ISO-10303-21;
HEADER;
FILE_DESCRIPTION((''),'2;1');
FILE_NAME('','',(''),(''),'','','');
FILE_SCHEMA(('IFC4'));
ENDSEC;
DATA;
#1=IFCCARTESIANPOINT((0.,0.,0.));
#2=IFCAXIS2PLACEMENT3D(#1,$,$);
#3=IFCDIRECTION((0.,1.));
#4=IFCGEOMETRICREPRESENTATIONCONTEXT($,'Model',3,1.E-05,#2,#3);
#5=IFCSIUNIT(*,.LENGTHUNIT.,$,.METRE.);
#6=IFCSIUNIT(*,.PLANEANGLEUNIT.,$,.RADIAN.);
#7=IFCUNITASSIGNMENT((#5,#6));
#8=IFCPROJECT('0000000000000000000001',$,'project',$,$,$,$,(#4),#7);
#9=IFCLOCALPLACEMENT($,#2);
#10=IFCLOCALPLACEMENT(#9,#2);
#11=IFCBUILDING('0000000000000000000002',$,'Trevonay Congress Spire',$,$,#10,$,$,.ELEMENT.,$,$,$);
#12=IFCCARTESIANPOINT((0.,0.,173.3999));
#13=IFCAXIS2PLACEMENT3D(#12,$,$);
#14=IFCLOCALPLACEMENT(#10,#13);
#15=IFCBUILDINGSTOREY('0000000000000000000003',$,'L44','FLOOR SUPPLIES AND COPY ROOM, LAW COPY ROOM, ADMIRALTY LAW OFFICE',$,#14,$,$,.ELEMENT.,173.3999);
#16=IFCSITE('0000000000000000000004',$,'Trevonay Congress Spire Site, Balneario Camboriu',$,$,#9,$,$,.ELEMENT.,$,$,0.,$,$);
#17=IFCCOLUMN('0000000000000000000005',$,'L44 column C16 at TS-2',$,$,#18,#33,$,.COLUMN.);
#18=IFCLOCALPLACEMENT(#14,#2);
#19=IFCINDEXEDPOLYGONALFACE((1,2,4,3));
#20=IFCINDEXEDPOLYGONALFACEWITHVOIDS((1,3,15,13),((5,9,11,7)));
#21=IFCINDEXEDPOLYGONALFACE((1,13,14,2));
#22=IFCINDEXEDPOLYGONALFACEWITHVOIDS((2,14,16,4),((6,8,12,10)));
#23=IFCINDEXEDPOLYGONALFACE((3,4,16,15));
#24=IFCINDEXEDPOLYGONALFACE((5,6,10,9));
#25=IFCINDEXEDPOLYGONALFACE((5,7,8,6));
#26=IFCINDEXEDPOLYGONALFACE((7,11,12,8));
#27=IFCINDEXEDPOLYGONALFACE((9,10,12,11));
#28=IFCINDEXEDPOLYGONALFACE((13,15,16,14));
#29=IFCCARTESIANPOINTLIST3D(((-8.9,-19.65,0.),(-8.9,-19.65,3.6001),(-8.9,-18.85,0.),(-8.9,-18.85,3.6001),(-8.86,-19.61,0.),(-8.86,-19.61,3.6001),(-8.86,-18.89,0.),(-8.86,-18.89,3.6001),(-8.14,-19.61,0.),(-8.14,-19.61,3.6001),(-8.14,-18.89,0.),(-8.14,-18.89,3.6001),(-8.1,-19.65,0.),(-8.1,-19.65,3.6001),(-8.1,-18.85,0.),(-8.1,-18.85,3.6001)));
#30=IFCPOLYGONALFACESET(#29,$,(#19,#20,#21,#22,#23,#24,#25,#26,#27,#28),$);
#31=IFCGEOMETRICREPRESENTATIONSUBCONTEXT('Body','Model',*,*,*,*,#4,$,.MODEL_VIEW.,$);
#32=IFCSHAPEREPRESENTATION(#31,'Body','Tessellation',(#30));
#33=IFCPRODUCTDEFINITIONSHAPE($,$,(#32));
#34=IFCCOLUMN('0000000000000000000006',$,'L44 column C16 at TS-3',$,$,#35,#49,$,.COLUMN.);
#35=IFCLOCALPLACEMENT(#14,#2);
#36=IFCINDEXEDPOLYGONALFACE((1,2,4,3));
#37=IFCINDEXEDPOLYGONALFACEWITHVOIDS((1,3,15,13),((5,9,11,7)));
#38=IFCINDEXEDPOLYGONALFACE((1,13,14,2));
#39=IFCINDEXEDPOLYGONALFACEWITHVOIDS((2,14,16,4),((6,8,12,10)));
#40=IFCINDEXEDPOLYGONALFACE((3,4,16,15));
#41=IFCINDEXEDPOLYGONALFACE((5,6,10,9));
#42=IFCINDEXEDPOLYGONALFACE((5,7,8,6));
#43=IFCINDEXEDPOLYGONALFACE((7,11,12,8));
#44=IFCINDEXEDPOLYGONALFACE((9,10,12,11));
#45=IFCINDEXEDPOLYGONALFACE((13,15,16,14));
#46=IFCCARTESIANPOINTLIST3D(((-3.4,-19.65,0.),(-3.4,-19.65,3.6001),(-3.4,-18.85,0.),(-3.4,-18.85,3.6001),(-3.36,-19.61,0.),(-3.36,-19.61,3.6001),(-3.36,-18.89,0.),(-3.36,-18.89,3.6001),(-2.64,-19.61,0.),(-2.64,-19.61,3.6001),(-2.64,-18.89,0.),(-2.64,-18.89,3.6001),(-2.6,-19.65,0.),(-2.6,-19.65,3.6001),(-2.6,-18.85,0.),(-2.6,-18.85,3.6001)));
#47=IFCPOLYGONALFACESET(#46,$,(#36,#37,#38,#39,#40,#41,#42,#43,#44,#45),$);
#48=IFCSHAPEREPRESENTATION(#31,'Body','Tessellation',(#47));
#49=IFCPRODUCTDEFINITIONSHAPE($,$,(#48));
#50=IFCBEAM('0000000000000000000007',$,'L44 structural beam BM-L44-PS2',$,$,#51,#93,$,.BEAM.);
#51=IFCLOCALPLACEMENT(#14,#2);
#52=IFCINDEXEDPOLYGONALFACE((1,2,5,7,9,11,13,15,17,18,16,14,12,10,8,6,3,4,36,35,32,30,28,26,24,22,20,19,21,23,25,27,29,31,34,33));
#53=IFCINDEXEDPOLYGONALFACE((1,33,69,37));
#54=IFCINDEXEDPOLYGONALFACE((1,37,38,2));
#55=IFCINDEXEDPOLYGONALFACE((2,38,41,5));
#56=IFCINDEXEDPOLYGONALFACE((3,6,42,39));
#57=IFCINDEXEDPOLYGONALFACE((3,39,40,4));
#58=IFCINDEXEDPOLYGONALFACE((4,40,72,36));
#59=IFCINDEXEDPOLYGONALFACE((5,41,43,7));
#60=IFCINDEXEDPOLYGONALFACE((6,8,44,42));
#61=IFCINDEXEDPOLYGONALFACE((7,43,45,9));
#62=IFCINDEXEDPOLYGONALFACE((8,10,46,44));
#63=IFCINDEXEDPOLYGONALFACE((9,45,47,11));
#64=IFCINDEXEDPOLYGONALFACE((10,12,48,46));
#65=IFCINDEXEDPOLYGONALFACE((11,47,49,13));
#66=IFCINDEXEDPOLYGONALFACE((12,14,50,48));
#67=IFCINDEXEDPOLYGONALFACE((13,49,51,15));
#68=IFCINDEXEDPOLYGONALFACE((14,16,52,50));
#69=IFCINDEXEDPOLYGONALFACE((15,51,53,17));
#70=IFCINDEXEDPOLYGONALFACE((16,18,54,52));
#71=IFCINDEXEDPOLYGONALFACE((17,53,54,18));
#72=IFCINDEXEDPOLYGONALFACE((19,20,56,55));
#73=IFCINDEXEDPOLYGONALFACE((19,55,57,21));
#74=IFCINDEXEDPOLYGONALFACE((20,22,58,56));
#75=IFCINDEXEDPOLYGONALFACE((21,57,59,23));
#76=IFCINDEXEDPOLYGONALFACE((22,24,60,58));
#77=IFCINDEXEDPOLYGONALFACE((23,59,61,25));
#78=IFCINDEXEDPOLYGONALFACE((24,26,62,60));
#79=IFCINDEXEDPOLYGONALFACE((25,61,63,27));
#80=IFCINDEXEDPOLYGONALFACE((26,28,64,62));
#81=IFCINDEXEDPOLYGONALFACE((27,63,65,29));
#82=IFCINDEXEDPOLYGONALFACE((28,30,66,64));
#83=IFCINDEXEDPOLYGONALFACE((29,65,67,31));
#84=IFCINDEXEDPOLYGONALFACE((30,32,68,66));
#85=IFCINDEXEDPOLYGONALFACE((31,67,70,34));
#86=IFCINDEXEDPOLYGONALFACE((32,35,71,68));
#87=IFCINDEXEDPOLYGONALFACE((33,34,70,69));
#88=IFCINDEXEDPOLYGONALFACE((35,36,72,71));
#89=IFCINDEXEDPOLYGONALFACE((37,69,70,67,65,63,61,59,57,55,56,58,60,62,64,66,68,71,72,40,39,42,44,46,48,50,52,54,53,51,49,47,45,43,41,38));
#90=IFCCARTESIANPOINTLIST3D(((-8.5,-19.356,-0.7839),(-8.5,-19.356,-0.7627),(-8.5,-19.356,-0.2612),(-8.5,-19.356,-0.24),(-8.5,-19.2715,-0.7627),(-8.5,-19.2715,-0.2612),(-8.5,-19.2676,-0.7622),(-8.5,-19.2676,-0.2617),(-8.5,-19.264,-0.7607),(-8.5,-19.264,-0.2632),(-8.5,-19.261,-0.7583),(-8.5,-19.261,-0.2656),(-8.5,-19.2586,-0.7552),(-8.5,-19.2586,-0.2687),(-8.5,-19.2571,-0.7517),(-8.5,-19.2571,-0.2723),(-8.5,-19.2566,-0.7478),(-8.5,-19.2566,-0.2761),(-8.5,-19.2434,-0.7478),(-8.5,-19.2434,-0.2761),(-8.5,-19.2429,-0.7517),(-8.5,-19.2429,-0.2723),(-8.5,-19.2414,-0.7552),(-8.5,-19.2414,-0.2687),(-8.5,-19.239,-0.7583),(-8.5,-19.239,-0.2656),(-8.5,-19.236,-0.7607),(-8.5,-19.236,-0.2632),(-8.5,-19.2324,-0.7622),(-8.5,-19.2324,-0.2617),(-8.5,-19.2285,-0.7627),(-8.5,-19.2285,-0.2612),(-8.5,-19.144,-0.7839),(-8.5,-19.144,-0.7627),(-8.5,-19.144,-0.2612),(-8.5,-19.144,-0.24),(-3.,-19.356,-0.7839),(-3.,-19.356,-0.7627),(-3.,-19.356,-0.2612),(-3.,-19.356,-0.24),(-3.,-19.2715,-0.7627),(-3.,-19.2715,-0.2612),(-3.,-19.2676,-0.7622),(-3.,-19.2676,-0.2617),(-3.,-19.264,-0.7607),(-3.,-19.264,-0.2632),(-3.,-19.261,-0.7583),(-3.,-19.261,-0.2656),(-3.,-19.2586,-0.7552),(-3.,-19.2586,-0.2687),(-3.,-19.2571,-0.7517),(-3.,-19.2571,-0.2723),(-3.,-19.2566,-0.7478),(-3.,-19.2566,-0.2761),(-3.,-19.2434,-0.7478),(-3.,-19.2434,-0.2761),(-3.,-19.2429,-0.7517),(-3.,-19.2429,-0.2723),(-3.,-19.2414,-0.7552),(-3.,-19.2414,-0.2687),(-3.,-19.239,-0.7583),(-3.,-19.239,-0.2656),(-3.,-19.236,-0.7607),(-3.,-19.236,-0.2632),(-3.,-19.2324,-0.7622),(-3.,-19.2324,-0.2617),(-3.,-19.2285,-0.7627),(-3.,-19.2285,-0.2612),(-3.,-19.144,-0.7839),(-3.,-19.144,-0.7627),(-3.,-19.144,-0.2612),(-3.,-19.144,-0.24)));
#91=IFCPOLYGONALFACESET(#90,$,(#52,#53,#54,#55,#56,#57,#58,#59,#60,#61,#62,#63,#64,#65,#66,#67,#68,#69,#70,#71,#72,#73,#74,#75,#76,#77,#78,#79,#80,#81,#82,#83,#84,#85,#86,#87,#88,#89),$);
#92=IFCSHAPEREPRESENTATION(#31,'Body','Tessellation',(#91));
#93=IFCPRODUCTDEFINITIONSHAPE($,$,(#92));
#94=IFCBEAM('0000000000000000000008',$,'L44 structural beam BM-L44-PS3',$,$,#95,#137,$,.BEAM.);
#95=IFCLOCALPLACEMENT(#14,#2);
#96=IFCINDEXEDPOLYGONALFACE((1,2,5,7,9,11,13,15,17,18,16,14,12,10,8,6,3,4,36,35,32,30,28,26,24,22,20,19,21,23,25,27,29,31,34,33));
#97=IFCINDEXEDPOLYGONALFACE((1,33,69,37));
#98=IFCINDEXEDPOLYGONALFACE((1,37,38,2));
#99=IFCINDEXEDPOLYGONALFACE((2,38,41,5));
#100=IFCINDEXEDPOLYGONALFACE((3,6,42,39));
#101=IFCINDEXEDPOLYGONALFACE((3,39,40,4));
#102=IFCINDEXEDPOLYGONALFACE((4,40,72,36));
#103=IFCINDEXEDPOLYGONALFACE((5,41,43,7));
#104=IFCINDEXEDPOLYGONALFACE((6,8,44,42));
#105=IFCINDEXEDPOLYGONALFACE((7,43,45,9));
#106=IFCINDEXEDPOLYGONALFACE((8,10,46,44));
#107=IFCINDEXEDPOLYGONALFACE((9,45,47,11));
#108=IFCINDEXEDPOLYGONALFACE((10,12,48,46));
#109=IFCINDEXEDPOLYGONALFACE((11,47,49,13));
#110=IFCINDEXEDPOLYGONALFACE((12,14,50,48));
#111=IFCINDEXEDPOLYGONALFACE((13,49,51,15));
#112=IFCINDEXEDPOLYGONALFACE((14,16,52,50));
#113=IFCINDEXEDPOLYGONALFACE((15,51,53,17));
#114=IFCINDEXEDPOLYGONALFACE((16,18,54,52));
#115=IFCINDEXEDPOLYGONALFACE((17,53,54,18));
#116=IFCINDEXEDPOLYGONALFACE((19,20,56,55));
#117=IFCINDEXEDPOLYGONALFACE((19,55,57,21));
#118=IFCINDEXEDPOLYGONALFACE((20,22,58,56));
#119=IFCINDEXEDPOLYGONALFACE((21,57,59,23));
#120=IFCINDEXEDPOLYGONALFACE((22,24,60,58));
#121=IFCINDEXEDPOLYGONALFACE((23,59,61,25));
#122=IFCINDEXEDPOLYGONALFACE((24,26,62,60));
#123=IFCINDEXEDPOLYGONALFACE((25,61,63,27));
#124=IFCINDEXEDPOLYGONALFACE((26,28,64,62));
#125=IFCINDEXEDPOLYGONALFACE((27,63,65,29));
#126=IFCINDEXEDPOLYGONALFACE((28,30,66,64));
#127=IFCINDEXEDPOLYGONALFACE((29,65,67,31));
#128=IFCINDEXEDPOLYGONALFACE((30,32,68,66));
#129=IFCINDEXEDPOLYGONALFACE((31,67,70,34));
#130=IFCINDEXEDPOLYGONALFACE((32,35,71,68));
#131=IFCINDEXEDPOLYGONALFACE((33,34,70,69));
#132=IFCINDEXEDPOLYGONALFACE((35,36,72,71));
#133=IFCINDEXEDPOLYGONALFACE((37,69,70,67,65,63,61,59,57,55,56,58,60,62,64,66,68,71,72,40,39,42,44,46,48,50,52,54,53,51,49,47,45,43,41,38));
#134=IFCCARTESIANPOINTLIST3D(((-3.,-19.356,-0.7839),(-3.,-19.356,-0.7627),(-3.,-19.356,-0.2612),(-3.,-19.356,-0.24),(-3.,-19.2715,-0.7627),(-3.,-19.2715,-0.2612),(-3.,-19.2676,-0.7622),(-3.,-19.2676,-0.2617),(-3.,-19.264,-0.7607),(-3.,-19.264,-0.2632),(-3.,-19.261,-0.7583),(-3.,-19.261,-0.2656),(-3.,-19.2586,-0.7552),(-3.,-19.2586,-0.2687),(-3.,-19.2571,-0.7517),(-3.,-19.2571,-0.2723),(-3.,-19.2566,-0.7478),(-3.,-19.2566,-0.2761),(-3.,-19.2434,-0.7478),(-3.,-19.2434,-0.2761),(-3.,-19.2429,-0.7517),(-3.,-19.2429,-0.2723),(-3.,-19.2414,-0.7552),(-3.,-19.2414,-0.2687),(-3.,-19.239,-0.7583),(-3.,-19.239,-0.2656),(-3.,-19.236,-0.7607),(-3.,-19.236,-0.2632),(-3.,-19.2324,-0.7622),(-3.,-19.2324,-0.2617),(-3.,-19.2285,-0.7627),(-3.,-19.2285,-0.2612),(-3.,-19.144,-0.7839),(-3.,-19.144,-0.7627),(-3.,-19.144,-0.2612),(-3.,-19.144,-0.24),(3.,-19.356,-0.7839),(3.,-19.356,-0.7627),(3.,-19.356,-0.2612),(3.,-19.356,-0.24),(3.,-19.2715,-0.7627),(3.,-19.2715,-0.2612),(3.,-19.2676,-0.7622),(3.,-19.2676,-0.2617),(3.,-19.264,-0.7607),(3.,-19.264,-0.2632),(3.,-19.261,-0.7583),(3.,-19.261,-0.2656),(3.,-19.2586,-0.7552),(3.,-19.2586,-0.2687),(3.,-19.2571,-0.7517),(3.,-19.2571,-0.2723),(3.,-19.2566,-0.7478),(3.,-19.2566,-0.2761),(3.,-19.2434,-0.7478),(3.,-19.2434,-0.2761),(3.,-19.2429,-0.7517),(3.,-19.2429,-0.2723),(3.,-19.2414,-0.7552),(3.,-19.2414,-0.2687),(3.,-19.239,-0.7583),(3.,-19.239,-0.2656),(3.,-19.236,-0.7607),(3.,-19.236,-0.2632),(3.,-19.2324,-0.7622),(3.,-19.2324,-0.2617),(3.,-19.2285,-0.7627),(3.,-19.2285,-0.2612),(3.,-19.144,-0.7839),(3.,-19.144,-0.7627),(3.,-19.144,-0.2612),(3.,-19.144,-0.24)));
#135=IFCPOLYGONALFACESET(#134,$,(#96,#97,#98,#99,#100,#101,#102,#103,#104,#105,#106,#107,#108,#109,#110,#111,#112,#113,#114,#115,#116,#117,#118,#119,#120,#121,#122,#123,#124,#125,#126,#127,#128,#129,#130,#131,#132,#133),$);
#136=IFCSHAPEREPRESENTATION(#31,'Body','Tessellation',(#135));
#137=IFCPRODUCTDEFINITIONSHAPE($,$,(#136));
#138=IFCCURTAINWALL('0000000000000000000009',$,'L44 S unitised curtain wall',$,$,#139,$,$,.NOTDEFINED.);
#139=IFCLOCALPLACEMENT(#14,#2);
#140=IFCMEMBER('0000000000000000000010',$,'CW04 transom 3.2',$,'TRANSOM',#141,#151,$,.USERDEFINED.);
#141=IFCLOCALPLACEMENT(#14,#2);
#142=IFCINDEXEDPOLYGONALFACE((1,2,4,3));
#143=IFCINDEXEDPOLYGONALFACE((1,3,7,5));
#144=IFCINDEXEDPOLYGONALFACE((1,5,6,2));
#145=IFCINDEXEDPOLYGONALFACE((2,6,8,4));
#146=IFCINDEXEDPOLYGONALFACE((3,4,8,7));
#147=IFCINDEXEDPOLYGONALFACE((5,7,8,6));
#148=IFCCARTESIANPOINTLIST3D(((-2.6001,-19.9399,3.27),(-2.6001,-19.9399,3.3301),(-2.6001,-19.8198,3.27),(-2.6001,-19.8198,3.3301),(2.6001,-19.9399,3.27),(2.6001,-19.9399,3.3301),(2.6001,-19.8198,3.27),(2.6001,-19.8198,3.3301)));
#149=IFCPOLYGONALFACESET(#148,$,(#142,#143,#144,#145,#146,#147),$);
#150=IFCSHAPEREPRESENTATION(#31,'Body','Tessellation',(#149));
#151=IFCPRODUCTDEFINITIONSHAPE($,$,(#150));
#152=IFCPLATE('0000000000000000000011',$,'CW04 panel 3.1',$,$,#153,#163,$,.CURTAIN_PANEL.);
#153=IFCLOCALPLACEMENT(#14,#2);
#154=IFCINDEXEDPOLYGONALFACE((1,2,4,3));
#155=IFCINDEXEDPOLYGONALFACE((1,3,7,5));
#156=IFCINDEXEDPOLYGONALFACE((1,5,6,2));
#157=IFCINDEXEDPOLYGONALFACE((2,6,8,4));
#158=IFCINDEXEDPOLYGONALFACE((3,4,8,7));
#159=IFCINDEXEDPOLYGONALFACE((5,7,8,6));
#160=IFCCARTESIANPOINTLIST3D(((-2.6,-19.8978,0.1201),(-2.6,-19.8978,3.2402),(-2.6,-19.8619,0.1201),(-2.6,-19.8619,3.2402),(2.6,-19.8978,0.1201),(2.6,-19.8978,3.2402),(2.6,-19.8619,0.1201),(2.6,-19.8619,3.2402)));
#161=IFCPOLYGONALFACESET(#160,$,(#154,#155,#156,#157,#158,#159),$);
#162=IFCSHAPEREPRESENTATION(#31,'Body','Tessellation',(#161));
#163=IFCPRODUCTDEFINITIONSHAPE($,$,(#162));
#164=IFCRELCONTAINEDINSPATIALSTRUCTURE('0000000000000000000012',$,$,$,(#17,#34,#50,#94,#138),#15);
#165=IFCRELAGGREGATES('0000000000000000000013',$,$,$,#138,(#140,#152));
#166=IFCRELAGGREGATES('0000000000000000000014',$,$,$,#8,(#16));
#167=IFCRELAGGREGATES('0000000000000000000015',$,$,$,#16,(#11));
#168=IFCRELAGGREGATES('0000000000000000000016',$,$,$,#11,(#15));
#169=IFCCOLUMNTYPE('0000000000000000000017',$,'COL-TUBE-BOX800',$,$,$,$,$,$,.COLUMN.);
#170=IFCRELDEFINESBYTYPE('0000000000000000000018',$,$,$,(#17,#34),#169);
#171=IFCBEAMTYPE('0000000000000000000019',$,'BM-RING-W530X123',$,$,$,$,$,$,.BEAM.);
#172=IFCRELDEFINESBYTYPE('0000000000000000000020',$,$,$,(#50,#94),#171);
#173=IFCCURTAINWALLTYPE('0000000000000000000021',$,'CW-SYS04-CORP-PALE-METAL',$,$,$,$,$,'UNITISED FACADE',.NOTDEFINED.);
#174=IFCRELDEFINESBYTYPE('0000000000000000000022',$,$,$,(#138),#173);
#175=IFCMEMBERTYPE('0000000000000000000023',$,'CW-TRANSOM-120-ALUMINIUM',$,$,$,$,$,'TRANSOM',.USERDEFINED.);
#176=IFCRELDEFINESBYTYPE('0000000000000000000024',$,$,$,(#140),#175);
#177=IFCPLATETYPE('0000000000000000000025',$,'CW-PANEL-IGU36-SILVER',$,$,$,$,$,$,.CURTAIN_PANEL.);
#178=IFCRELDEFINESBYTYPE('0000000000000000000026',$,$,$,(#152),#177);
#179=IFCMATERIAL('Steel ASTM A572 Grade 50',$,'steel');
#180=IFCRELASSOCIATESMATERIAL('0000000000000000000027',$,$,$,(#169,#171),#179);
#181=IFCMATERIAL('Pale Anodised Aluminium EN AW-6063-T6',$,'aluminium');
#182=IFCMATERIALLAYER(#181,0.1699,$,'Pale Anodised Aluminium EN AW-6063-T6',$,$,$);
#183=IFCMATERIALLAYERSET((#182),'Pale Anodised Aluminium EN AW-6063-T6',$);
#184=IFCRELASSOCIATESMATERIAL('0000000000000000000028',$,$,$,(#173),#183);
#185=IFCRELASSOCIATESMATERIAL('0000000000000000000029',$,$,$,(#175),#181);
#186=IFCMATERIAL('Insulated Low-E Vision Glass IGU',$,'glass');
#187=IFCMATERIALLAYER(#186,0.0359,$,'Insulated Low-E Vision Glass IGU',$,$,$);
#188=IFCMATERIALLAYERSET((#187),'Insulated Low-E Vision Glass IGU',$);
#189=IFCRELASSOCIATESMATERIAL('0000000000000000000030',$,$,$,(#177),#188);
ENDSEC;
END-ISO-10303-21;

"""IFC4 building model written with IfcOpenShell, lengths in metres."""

from ifc_helpers import new_model, si_unit, direction, frame, origin, origin_2d, place, context, subcontext, project, spatial, rectangle, hollow_rectangle, i_section, extrude, material, layer, layer_set, material_profile, profile_set, type_object, element, aggregate, save


model = new_model("IFC4")

# Units and contexts
model_context = context("Model", 3, precision=1e-05, world=origin(), true_north=direction((0.0, 1.0)))
body_context = subcontext(model_context, "Body", "Model", "MODEL_VIEW")
ifc_project = project(units=[si_unit("LENGTHUNIT", "METRE"), si_unit("PLANEANGLEUNIT", "RADIAN")], contexts=[model_context])

# Site, building, storey
site_placement = place(None, origin())
site = spatial("IfcSite", under=ifc_project, at=site_placement, Name="Trevonay Congress Spire Site, Balneario Camboriu", CompositionType="ELEMENT", RefElevation=0.0)
building_placement = place(site_placement, origin())
building = spatial("IfcBuilding", under=site, at=building_placement, Name="Trevonay Congress Spire", CompositionType="ELEMENT")
storey_placement = place(building_placement, frame((0.0, 0.0, 173.3999)))
storey = spatial("IfcBuildingStorey", under=building, at=storey_placement, Name="L44", Description="FLOOR SUPPLIES AND COPY ROOM, LAW COPY ROOM, ADMIRALTY LAW OFFICE", CompositionType="ELEMENT", Elevation=173.3999)

# Columns
ifc_material_1 = material(Name="Steel ASTM A572 Grade 50", Category="steel")
ifc_material_profile_1 = material_profile(ifc_material_1, hollow_rectangle(XDim=0.8, YDim=0.8, WallThickness=0.04, at=origin_2d()), Name="BOX 800x800x40")
ifc_profile_set_1 = profile_set([ifc_material_profile_1], Name="Steel ASTM A572 Grade 50")
column_type = type_object("IfcColumnType", Name="COL-TUBE-BOX800", PredefinedType="COLUMN", material=ifc_profile_set_1)
for number, where, z_axis, x_axis, name in (
    (1, (-8.5, -19.25, 0.0), (0.0, 0.0, 1.0), (1.0, 0.0, 0.0), "L44 column C16 at TS-2"),
    (2, (-3.0, -19.25, 0.0), (0.0, 0.0, 1.0), (1.0, 0.0, 0.0), "L44 column C16 at TS-3"),
):
    element("IfcColumn", number, at=place(storey_placement, frame(where, z_axis=z_axis, x_axis=x_axis)), inside=storey, type_object=column_type, Name=name, PredefinedType="COLUMN", context=body_context, shape_type="SweptSolid", body=[
        extrude(hollow_rectangle(XDim=0.8, YDim=0.8, WallThickness=0.04, at=origin_2d()), origin(), (0.0, 0.0, 1.0), 3.6001),
    ])

# Beams
ifc_material_profile_2 = material_profile(ifc_material_1, i_section(OverallWidth=0.2119, OverallDepth=0.5439, WebThickness=0.0132, FlangeThickness=0.0212, FilletRadius=0.0149, at=origin_2d()), Name="W530x123")
ifc_profile_set_2 = profile_set([ifc_material_profile_2], Name="Steel ASTM A572 Grade 50")
beam_type = type_object("IfcBeamType", Name="BM-RING-W530X123", PredefinedType="BEAM", material=ifc_profile_set_2)
beam_1_placement = place(storey_placement, frame((-8.5, -19.25, -0.512), z_axis=(1.0, 0.0, 0.0), x_axis=(0.0, 1.0, 0.0)))
element("IfcBeam", 3, at=beam_1_placement, inside=storey, type_object=beam_type, Name="L44 structural beam BM-L44-PS2", PredefinedType="BEAM", context=body_context, shape_type="SweptSolid", body=[
    extrude(i_section(OverallWidth=0.2119, OverallDepth=0.5439, WebThickness=0.0132, FlangeThickness=0.0212, FilletRadius=0.0149, at=origin_2d()), origin(), (0.0, 0.0, 1.0), 5.5),
])
beam_2_placement = place(storey_placement, frame((-3.0, -19.25, -0.512), z_axis=(1.0, 0.0, 0.0), x_axis=(0.0, 1.0, 0.0)))
element("IfcBeam", 4, at=beam_2_placement, inside=storey, type_object=beam_type, Name="L44 structural beam BM-L44-PS3", PredefinedType="BEAM", context=body_context, shape_type="SweptSolid", body=[
    extrude(i_section(OverallWidth=0.2119, OverallDepth=0.5439, WebThickness=0.0132, FlangeThickness=0.0212, FilletRadius=0.0149, at=origin_2d()), origin(), (0.0, 0.0, 1.0), 6.0),
])

# Curtain wall, member, plate
ifc_material_2 = material(Name="Pale Anodised Aluminium EN AW-6063-T6", Category="aluminium")
ifc_layer_1 = layer(ifc_material_2, 0.1699, Name="Pale Anodised Aluminium EN AW-6063-T6")
ifc_layer_set_1 = layer_set([ifc_layer_1], Name="Pale Anodised Aluminium EN AW-6063-T6")
curtain_wall_type = type_object("IfcCurtainWallType", Name="CW-SYS04-CORP-PALE-METAL", ElementType="UNITISED FACADE", PredefinedType="NOTDEFINED", material=ifc_layer_set_1)
curtain_wall_placement = place(storey_placement, origin())
curtain_wall = element("IfcCurtainWall", 5, at=curtain_wall_placement, inside=storey, type_object=curtain_wall_type, Name="L44 S unitised curtain wall", PredefinedType="NOTDEFINED")
ifc_material_profile_3 = material_profile(ifc_material_2, rectangle(XDim=0.1201, YDim=0.0601, at=origin_2d()), Name="CW-TRANSOM-120-ALUMINIUM")
ifc_profile_set_3 = profile_set([ifc_material_profile_3], Name="Pale Anodised Aluminium EN AW-6063-T6")
member_type = type_object("IfcMemberType", Name="CW-TRANSOM-120-ALUMINIUM", ElementType="TRANSOM", PredefinedType="USERDEFINED", material=ifc_profile_set_3)
member_placement = place(storey_placement, frame((-2.6001, -19.8799, 3.3), z_axis=(1.0, 0.0, 0.0), x_axis=(0.0, 1.0, 0.0)))
member = element("IfcMember", 6, at=member_placement, type_object=member_type, Name="CW04 transom 3.2", ObjectType="TRANSOM", PredefinedType="USERDEFINED", context=body_context, shape_type="SweptSolid", body=[
    extrude(rectangle(XDim=0.1201, YDim=0.0601, at=origin_2d()), origin(), (0.0, 0.0, 1.0), 5.2002),
])
ifc_material_3 = material(Name="Insulated Low-E Vision Glass IGU", Category="glass")
ifc_layer_2 = layer(ifc_material_3, 0.0359, Name="Insulated Low-E Vision Glass IGU")
ifc_layer_set_2 = layer_set([ifc_layer_2], Name="Insulated Low-E Vision Glass IGU")
plate_type = type_object("IfcPlateType", Name="CW-PANEL-IGU36-SILVER", PredefinedType="CURTAIN_PANEL", material=ifc_layer_set_2)
plate_placement = place(storey_placement, frame((0.0, -19.8799, 0.1201), z_axis=(0.0, 0.0, 1.0), x_axis=(1.0, 0.0, 0.0)))
plate = element("IfcPlate", 7, at=plate_placement, type_object=plate_type, Name="CW04 panel 3.1", PredefinedType="CURTAIN_PANEL", context=body_context, shape_type="SweptSolid", body=[
    extrude(rectangle(XDim=5.2, YDim=0.0359, at=origin_2d()), origin(), (0.0, 0.0, 1.0), 3.1201),
])
aggregate(curtain_wall, [member, plate])

save(model, "model.ifc")
